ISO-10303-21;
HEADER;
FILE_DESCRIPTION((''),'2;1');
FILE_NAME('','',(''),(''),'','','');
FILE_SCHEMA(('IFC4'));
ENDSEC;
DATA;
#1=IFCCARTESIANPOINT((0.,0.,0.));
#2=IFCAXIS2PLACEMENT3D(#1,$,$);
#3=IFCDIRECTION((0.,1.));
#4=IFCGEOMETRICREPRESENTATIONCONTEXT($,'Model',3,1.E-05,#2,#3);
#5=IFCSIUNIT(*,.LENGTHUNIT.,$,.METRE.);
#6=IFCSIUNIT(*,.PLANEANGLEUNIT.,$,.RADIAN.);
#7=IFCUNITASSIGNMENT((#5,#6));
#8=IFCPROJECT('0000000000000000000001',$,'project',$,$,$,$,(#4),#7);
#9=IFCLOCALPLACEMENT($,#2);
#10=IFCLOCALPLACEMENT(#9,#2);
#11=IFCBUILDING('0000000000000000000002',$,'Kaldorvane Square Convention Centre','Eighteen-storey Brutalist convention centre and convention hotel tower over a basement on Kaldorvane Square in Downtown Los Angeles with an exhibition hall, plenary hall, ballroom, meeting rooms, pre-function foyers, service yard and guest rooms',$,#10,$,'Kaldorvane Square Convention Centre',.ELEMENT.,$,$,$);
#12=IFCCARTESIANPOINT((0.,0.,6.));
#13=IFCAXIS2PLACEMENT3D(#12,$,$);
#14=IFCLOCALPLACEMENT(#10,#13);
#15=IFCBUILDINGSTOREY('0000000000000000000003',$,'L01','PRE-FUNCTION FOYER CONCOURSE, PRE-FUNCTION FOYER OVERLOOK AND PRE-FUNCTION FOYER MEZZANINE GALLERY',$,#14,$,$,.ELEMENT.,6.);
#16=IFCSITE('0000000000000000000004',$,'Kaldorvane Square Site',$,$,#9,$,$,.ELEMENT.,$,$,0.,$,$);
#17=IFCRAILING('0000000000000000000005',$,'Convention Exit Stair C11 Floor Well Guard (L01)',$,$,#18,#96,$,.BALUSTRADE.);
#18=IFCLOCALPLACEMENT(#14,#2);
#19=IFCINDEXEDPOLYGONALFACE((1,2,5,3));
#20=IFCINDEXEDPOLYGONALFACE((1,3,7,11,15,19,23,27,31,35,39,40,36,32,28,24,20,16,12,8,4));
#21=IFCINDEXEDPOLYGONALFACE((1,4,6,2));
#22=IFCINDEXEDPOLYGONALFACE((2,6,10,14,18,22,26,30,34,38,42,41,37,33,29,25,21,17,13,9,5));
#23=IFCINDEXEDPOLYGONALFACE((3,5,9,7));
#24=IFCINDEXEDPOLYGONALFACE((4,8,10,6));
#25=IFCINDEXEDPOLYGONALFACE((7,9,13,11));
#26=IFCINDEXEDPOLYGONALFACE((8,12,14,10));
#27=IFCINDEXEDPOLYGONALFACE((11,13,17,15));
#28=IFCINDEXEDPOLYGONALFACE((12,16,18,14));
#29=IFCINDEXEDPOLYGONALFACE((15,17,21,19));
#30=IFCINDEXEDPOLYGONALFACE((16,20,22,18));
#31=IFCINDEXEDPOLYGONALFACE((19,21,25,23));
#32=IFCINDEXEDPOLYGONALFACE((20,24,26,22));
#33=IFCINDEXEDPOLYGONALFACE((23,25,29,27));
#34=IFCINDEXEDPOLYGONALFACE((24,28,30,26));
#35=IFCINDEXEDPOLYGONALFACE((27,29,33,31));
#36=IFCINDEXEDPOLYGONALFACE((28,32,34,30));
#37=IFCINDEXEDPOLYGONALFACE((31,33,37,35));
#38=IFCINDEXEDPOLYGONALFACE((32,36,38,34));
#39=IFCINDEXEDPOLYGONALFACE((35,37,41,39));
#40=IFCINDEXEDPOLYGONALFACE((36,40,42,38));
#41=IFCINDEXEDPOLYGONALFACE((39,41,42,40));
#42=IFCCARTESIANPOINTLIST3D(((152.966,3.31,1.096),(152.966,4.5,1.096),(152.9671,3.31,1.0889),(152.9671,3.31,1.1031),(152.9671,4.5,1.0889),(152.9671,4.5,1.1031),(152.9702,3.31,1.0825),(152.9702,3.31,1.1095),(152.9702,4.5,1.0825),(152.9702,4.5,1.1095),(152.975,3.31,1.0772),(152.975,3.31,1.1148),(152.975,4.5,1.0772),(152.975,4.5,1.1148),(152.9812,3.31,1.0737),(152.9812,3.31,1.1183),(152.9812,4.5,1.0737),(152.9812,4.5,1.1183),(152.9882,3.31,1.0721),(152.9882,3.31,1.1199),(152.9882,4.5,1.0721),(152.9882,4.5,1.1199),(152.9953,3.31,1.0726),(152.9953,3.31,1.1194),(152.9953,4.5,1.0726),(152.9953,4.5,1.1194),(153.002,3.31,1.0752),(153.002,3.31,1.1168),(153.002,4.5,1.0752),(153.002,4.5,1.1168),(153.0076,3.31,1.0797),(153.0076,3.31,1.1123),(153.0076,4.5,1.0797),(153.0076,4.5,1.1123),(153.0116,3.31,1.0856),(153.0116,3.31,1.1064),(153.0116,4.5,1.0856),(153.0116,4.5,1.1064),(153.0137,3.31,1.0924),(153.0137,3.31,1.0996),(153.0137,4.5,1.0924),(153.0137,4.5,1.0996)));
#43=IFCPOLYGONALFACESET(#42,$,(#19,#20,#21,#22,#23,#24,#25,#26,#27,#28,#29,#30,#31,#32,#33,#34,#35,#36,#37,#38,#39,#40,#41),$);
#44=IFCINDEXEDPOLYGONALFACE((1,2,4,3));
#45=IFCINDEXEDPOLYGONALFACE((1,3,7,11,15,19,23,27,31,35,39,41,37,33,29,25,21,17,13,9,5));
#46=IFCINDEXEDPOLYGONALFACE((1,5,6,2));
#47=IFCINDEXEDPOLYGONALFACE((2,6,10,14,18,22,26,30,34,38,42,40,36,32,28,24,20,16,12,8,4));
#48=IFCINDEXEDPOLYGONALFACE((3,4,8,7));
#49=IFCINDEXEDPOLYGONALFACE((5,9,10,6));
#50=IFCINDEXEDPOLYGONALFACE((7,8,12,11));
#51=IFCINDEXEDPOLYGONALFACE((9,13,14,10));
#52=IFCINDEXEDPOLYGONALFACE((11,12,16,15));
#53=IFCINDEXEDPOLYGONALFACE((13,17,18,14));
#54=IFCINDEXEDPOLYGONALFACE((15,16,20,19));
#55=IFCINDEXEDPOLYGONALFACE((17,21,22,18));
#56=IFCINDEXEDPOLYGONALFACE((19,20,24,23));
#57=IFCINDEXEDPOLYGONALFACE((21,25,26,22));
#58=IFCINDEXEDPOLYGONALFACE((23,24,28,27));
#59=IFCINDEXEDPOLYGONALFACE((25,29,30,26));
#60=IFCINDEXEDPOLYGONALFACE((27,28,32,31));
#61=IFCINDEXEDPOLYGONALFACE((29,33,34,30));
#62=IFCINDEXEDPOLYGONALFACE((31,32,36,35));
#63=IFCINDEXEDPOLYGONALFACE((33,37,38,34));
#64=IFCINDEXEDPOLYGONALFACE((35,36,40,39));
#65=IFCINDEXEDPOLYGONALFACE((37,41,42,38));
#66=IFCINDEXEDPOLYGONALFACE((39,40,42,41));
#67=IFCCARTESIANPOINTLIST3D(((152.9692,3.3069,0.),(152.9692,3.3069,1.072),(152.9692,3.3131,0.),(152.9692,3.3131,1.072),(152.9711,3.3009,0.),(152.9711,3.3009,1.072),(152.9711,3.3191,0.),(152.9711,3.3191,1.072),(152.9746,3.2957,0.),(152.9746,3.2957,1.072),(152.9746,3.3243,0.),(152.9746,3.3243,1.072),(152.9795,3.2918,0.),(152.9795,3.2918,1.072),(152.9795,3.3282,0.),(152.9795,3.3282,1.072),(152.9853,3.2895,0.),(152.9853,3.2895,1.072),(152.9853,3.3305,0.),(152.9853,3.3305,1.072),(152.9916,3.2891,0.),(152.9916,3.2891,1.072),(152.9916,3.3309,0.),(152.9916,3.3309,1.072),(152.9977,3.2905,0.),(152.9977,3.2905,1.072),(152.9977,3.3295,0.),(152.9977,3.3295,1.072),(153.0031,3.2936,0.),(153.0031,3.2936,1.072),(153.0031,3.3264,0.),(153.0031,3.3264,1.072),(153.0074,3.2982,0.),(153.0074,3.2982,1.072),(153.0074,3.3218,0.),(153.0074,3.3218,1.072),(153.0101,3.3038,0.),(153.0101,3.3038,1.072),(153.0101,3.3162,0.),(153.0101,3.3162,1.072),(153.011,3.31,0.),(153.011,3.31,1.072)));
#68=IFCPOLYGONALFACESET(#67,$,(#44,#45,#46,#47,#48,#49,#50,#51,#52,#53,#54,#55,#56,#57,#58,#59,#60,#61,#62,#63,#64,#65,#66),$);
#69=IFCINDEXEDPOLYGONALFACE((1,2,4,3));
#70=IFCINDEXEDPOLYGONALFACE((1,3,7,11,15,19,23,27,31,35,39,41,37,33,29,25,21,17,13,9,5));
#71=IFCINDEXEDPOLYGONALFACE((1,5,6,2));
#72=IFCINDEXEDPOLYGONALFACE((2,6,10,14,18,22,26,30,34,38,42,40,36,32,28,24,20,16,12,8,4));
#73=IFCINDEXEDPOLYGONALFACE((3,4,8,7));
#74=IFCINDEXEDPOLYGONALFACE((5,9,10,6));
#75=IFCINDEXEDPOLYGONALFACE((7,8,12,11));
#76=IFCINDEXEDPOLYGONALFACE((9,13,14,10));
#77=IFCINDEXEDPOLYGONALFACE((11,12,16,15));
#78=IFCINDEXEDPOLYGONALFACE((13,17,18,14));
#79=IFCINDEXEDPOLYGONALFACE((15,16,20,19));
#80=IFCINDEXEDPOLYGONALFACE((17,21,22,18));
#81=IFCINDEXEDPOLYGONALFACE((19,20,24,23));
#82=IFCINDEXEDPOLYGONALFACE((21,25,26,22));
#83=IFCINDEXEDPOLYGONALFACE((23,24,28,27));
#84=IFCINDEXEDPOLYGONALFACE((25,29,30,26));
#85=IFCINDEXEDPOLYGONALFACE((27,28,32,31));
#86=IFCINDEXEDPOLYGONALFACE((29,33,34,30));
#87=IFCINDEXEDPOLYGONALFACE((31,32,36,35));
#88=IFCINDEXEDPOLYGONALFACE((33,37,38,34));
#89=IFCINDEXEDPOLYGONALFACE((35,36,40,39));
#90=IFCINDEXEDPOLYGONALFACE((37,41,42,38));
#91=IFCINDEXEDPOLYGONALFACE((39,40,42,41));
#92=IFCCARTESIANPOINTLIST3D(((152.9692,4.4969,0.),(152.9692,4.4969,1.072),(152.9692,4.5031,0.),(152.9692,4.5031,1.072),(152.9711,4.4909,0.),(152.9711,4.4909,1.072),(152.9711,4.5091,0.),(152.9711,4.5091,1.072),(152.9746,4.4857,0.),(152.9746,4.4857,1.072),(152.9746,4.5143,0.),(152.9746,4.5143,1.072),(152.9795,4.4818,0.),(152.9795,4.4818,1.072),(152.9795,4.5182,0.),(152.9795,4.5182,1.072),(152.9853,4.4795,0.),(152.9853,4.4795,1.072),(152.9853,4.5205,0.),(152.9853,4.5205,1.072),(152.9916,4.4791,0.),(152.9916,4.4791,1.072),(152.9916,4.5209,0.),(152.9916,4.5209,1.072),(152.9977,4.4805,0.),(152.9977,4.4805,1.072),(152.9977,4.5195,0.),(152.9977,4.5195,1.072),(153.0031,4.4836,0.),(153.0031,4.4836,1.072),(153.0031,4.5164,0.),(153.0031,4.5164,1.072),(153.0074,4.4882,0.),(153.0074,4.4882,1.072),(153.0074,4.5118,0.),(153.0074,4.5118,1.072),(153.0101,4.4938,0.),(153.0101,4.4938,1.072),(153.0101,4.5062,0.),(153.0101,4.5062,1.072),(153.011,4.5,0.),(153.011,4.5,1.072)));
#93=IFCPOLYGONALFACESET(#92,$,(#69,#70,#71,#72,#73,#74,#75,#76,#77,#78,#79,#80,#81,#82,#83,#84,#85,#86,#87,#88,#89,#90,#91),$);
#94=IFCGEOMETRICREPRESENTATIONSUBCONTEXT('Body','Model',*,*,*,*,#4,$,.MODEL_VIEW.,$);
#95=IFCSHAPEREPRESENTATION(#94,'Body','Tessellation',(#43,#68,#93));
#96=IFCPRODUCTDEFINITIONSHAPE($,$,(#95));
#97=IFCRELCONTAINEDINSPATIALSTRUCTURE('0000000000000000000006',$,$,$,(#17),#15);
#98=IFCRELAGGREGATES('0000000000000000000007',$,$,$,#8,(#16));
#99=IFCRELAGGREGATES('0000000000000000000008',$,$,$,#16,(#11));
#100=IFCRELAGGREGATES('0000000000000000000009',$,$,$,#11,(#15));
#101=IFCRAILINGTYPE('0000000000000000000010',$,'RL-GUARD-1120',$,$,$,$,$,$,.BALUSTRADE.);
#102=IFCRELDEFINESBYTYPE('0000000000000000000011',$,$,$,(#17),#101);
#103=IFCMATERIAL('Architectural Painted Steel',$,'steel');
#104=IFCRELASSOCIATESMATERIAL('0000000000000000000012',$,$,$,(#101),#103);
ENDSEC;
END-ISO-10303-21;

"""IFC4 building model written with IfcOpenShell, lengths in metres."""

from ifc_helpers import new_model, si_unit, direction, frame, origin, origin_2d, place, context, subcontext, project, spatial, circle, extrude, material, type_object, element, save


model = new_model("IFC4")

# Units and contexts
model_context = context("Model", 3, precision=1e-05, world=origin(), true_north=direction((0.0, 1.0)))
body_context = subcontext(model_context, "Body", "Model", "MODEL_VIEW")
ifc_project = project(units=[si_unit("LENGTHUNIT", "METRE"), si_unit("PLANEANGLEUNIT", "RADIAN")], contexts=[model_context])

# Site, building, storey
site_placement = place(None, origin())
site = spatial("IfcSite", under=ifc_project, at=site_placement, Name="Kaldorvane Square Site", CompositionType="ELEMENT", RefElevation=0.0)
building_placement = place(site_placement, origin())
building = spatial("IfcBuilding", under=site, at=building_placement, Name="Kaldorvane Square Convention Centre", Description="Eighteen-storey Brutalist convention centre and convention hotel tower over a basement on Kaldorvane Square in Downtown Los Angeles with an exhibition hall, plenary hall, ballroom, meeting rooms, pre-function foyers, service yard and guest rooms", LongName="Kaldorvane Square Convention Centre", CompositionType="ELEMENT")
storey_placement = place(building_placement, frame((0.0, 0.0, 6.0)))
storey = spatial("IfcBuildingStorey", under=building, at=storey_placement, Name="L01", Description="PRE-FUNCTION FOYER CONCOURSE, PRE-FUNCTION FOYER OVERLOOK AND PRE-FUNCTION FOYER MEZZANINE GALLERY", CompositionType="ELEMENT", Elevation=6.0)

# Railing
ifc_material_1 = material(Name="Architectural Painted Steel", Category="steel")
railing_type_1 = type_object("IfcRailingType", Name="RL-GUARD-1120", PredefinedType="BALUSTRADE", material=ifc_material_1)
railing_1_placement = place(storey_placement, frame((152.99, 3.31, 0.0)))
element("IfcRailing", 1, at=railing_1_placement, inside=storey, type_object=railing_type_1, Name="Convention Exit Stair C11 Floor Well Guard (L01)", PredefinedType="BALUSTRADE", context=body_context, shape_type="SweptSolid", body=[
    extrude(circle(Radius=0.024, at=origin_2d()), frame((0.0, 0.0, 1.096), z_axis=(0.0, 1.0, 0.0), x_axis=(-1.0, 0.0, 0.0)), (0.0, 0.0, 1.0), 1.19),
    extrude(circle(Radius=0.021, at=origin_2d()), origin(), (0.0, 0.0, 1.0), 1.072),
    extrude(circle(Radius=0.021, at=origin_2d()), frame((0.0, 1.19, 0.0)), (0.0, 0.0, 1.0), 1.072),
])

save(model, "model.ifc")
